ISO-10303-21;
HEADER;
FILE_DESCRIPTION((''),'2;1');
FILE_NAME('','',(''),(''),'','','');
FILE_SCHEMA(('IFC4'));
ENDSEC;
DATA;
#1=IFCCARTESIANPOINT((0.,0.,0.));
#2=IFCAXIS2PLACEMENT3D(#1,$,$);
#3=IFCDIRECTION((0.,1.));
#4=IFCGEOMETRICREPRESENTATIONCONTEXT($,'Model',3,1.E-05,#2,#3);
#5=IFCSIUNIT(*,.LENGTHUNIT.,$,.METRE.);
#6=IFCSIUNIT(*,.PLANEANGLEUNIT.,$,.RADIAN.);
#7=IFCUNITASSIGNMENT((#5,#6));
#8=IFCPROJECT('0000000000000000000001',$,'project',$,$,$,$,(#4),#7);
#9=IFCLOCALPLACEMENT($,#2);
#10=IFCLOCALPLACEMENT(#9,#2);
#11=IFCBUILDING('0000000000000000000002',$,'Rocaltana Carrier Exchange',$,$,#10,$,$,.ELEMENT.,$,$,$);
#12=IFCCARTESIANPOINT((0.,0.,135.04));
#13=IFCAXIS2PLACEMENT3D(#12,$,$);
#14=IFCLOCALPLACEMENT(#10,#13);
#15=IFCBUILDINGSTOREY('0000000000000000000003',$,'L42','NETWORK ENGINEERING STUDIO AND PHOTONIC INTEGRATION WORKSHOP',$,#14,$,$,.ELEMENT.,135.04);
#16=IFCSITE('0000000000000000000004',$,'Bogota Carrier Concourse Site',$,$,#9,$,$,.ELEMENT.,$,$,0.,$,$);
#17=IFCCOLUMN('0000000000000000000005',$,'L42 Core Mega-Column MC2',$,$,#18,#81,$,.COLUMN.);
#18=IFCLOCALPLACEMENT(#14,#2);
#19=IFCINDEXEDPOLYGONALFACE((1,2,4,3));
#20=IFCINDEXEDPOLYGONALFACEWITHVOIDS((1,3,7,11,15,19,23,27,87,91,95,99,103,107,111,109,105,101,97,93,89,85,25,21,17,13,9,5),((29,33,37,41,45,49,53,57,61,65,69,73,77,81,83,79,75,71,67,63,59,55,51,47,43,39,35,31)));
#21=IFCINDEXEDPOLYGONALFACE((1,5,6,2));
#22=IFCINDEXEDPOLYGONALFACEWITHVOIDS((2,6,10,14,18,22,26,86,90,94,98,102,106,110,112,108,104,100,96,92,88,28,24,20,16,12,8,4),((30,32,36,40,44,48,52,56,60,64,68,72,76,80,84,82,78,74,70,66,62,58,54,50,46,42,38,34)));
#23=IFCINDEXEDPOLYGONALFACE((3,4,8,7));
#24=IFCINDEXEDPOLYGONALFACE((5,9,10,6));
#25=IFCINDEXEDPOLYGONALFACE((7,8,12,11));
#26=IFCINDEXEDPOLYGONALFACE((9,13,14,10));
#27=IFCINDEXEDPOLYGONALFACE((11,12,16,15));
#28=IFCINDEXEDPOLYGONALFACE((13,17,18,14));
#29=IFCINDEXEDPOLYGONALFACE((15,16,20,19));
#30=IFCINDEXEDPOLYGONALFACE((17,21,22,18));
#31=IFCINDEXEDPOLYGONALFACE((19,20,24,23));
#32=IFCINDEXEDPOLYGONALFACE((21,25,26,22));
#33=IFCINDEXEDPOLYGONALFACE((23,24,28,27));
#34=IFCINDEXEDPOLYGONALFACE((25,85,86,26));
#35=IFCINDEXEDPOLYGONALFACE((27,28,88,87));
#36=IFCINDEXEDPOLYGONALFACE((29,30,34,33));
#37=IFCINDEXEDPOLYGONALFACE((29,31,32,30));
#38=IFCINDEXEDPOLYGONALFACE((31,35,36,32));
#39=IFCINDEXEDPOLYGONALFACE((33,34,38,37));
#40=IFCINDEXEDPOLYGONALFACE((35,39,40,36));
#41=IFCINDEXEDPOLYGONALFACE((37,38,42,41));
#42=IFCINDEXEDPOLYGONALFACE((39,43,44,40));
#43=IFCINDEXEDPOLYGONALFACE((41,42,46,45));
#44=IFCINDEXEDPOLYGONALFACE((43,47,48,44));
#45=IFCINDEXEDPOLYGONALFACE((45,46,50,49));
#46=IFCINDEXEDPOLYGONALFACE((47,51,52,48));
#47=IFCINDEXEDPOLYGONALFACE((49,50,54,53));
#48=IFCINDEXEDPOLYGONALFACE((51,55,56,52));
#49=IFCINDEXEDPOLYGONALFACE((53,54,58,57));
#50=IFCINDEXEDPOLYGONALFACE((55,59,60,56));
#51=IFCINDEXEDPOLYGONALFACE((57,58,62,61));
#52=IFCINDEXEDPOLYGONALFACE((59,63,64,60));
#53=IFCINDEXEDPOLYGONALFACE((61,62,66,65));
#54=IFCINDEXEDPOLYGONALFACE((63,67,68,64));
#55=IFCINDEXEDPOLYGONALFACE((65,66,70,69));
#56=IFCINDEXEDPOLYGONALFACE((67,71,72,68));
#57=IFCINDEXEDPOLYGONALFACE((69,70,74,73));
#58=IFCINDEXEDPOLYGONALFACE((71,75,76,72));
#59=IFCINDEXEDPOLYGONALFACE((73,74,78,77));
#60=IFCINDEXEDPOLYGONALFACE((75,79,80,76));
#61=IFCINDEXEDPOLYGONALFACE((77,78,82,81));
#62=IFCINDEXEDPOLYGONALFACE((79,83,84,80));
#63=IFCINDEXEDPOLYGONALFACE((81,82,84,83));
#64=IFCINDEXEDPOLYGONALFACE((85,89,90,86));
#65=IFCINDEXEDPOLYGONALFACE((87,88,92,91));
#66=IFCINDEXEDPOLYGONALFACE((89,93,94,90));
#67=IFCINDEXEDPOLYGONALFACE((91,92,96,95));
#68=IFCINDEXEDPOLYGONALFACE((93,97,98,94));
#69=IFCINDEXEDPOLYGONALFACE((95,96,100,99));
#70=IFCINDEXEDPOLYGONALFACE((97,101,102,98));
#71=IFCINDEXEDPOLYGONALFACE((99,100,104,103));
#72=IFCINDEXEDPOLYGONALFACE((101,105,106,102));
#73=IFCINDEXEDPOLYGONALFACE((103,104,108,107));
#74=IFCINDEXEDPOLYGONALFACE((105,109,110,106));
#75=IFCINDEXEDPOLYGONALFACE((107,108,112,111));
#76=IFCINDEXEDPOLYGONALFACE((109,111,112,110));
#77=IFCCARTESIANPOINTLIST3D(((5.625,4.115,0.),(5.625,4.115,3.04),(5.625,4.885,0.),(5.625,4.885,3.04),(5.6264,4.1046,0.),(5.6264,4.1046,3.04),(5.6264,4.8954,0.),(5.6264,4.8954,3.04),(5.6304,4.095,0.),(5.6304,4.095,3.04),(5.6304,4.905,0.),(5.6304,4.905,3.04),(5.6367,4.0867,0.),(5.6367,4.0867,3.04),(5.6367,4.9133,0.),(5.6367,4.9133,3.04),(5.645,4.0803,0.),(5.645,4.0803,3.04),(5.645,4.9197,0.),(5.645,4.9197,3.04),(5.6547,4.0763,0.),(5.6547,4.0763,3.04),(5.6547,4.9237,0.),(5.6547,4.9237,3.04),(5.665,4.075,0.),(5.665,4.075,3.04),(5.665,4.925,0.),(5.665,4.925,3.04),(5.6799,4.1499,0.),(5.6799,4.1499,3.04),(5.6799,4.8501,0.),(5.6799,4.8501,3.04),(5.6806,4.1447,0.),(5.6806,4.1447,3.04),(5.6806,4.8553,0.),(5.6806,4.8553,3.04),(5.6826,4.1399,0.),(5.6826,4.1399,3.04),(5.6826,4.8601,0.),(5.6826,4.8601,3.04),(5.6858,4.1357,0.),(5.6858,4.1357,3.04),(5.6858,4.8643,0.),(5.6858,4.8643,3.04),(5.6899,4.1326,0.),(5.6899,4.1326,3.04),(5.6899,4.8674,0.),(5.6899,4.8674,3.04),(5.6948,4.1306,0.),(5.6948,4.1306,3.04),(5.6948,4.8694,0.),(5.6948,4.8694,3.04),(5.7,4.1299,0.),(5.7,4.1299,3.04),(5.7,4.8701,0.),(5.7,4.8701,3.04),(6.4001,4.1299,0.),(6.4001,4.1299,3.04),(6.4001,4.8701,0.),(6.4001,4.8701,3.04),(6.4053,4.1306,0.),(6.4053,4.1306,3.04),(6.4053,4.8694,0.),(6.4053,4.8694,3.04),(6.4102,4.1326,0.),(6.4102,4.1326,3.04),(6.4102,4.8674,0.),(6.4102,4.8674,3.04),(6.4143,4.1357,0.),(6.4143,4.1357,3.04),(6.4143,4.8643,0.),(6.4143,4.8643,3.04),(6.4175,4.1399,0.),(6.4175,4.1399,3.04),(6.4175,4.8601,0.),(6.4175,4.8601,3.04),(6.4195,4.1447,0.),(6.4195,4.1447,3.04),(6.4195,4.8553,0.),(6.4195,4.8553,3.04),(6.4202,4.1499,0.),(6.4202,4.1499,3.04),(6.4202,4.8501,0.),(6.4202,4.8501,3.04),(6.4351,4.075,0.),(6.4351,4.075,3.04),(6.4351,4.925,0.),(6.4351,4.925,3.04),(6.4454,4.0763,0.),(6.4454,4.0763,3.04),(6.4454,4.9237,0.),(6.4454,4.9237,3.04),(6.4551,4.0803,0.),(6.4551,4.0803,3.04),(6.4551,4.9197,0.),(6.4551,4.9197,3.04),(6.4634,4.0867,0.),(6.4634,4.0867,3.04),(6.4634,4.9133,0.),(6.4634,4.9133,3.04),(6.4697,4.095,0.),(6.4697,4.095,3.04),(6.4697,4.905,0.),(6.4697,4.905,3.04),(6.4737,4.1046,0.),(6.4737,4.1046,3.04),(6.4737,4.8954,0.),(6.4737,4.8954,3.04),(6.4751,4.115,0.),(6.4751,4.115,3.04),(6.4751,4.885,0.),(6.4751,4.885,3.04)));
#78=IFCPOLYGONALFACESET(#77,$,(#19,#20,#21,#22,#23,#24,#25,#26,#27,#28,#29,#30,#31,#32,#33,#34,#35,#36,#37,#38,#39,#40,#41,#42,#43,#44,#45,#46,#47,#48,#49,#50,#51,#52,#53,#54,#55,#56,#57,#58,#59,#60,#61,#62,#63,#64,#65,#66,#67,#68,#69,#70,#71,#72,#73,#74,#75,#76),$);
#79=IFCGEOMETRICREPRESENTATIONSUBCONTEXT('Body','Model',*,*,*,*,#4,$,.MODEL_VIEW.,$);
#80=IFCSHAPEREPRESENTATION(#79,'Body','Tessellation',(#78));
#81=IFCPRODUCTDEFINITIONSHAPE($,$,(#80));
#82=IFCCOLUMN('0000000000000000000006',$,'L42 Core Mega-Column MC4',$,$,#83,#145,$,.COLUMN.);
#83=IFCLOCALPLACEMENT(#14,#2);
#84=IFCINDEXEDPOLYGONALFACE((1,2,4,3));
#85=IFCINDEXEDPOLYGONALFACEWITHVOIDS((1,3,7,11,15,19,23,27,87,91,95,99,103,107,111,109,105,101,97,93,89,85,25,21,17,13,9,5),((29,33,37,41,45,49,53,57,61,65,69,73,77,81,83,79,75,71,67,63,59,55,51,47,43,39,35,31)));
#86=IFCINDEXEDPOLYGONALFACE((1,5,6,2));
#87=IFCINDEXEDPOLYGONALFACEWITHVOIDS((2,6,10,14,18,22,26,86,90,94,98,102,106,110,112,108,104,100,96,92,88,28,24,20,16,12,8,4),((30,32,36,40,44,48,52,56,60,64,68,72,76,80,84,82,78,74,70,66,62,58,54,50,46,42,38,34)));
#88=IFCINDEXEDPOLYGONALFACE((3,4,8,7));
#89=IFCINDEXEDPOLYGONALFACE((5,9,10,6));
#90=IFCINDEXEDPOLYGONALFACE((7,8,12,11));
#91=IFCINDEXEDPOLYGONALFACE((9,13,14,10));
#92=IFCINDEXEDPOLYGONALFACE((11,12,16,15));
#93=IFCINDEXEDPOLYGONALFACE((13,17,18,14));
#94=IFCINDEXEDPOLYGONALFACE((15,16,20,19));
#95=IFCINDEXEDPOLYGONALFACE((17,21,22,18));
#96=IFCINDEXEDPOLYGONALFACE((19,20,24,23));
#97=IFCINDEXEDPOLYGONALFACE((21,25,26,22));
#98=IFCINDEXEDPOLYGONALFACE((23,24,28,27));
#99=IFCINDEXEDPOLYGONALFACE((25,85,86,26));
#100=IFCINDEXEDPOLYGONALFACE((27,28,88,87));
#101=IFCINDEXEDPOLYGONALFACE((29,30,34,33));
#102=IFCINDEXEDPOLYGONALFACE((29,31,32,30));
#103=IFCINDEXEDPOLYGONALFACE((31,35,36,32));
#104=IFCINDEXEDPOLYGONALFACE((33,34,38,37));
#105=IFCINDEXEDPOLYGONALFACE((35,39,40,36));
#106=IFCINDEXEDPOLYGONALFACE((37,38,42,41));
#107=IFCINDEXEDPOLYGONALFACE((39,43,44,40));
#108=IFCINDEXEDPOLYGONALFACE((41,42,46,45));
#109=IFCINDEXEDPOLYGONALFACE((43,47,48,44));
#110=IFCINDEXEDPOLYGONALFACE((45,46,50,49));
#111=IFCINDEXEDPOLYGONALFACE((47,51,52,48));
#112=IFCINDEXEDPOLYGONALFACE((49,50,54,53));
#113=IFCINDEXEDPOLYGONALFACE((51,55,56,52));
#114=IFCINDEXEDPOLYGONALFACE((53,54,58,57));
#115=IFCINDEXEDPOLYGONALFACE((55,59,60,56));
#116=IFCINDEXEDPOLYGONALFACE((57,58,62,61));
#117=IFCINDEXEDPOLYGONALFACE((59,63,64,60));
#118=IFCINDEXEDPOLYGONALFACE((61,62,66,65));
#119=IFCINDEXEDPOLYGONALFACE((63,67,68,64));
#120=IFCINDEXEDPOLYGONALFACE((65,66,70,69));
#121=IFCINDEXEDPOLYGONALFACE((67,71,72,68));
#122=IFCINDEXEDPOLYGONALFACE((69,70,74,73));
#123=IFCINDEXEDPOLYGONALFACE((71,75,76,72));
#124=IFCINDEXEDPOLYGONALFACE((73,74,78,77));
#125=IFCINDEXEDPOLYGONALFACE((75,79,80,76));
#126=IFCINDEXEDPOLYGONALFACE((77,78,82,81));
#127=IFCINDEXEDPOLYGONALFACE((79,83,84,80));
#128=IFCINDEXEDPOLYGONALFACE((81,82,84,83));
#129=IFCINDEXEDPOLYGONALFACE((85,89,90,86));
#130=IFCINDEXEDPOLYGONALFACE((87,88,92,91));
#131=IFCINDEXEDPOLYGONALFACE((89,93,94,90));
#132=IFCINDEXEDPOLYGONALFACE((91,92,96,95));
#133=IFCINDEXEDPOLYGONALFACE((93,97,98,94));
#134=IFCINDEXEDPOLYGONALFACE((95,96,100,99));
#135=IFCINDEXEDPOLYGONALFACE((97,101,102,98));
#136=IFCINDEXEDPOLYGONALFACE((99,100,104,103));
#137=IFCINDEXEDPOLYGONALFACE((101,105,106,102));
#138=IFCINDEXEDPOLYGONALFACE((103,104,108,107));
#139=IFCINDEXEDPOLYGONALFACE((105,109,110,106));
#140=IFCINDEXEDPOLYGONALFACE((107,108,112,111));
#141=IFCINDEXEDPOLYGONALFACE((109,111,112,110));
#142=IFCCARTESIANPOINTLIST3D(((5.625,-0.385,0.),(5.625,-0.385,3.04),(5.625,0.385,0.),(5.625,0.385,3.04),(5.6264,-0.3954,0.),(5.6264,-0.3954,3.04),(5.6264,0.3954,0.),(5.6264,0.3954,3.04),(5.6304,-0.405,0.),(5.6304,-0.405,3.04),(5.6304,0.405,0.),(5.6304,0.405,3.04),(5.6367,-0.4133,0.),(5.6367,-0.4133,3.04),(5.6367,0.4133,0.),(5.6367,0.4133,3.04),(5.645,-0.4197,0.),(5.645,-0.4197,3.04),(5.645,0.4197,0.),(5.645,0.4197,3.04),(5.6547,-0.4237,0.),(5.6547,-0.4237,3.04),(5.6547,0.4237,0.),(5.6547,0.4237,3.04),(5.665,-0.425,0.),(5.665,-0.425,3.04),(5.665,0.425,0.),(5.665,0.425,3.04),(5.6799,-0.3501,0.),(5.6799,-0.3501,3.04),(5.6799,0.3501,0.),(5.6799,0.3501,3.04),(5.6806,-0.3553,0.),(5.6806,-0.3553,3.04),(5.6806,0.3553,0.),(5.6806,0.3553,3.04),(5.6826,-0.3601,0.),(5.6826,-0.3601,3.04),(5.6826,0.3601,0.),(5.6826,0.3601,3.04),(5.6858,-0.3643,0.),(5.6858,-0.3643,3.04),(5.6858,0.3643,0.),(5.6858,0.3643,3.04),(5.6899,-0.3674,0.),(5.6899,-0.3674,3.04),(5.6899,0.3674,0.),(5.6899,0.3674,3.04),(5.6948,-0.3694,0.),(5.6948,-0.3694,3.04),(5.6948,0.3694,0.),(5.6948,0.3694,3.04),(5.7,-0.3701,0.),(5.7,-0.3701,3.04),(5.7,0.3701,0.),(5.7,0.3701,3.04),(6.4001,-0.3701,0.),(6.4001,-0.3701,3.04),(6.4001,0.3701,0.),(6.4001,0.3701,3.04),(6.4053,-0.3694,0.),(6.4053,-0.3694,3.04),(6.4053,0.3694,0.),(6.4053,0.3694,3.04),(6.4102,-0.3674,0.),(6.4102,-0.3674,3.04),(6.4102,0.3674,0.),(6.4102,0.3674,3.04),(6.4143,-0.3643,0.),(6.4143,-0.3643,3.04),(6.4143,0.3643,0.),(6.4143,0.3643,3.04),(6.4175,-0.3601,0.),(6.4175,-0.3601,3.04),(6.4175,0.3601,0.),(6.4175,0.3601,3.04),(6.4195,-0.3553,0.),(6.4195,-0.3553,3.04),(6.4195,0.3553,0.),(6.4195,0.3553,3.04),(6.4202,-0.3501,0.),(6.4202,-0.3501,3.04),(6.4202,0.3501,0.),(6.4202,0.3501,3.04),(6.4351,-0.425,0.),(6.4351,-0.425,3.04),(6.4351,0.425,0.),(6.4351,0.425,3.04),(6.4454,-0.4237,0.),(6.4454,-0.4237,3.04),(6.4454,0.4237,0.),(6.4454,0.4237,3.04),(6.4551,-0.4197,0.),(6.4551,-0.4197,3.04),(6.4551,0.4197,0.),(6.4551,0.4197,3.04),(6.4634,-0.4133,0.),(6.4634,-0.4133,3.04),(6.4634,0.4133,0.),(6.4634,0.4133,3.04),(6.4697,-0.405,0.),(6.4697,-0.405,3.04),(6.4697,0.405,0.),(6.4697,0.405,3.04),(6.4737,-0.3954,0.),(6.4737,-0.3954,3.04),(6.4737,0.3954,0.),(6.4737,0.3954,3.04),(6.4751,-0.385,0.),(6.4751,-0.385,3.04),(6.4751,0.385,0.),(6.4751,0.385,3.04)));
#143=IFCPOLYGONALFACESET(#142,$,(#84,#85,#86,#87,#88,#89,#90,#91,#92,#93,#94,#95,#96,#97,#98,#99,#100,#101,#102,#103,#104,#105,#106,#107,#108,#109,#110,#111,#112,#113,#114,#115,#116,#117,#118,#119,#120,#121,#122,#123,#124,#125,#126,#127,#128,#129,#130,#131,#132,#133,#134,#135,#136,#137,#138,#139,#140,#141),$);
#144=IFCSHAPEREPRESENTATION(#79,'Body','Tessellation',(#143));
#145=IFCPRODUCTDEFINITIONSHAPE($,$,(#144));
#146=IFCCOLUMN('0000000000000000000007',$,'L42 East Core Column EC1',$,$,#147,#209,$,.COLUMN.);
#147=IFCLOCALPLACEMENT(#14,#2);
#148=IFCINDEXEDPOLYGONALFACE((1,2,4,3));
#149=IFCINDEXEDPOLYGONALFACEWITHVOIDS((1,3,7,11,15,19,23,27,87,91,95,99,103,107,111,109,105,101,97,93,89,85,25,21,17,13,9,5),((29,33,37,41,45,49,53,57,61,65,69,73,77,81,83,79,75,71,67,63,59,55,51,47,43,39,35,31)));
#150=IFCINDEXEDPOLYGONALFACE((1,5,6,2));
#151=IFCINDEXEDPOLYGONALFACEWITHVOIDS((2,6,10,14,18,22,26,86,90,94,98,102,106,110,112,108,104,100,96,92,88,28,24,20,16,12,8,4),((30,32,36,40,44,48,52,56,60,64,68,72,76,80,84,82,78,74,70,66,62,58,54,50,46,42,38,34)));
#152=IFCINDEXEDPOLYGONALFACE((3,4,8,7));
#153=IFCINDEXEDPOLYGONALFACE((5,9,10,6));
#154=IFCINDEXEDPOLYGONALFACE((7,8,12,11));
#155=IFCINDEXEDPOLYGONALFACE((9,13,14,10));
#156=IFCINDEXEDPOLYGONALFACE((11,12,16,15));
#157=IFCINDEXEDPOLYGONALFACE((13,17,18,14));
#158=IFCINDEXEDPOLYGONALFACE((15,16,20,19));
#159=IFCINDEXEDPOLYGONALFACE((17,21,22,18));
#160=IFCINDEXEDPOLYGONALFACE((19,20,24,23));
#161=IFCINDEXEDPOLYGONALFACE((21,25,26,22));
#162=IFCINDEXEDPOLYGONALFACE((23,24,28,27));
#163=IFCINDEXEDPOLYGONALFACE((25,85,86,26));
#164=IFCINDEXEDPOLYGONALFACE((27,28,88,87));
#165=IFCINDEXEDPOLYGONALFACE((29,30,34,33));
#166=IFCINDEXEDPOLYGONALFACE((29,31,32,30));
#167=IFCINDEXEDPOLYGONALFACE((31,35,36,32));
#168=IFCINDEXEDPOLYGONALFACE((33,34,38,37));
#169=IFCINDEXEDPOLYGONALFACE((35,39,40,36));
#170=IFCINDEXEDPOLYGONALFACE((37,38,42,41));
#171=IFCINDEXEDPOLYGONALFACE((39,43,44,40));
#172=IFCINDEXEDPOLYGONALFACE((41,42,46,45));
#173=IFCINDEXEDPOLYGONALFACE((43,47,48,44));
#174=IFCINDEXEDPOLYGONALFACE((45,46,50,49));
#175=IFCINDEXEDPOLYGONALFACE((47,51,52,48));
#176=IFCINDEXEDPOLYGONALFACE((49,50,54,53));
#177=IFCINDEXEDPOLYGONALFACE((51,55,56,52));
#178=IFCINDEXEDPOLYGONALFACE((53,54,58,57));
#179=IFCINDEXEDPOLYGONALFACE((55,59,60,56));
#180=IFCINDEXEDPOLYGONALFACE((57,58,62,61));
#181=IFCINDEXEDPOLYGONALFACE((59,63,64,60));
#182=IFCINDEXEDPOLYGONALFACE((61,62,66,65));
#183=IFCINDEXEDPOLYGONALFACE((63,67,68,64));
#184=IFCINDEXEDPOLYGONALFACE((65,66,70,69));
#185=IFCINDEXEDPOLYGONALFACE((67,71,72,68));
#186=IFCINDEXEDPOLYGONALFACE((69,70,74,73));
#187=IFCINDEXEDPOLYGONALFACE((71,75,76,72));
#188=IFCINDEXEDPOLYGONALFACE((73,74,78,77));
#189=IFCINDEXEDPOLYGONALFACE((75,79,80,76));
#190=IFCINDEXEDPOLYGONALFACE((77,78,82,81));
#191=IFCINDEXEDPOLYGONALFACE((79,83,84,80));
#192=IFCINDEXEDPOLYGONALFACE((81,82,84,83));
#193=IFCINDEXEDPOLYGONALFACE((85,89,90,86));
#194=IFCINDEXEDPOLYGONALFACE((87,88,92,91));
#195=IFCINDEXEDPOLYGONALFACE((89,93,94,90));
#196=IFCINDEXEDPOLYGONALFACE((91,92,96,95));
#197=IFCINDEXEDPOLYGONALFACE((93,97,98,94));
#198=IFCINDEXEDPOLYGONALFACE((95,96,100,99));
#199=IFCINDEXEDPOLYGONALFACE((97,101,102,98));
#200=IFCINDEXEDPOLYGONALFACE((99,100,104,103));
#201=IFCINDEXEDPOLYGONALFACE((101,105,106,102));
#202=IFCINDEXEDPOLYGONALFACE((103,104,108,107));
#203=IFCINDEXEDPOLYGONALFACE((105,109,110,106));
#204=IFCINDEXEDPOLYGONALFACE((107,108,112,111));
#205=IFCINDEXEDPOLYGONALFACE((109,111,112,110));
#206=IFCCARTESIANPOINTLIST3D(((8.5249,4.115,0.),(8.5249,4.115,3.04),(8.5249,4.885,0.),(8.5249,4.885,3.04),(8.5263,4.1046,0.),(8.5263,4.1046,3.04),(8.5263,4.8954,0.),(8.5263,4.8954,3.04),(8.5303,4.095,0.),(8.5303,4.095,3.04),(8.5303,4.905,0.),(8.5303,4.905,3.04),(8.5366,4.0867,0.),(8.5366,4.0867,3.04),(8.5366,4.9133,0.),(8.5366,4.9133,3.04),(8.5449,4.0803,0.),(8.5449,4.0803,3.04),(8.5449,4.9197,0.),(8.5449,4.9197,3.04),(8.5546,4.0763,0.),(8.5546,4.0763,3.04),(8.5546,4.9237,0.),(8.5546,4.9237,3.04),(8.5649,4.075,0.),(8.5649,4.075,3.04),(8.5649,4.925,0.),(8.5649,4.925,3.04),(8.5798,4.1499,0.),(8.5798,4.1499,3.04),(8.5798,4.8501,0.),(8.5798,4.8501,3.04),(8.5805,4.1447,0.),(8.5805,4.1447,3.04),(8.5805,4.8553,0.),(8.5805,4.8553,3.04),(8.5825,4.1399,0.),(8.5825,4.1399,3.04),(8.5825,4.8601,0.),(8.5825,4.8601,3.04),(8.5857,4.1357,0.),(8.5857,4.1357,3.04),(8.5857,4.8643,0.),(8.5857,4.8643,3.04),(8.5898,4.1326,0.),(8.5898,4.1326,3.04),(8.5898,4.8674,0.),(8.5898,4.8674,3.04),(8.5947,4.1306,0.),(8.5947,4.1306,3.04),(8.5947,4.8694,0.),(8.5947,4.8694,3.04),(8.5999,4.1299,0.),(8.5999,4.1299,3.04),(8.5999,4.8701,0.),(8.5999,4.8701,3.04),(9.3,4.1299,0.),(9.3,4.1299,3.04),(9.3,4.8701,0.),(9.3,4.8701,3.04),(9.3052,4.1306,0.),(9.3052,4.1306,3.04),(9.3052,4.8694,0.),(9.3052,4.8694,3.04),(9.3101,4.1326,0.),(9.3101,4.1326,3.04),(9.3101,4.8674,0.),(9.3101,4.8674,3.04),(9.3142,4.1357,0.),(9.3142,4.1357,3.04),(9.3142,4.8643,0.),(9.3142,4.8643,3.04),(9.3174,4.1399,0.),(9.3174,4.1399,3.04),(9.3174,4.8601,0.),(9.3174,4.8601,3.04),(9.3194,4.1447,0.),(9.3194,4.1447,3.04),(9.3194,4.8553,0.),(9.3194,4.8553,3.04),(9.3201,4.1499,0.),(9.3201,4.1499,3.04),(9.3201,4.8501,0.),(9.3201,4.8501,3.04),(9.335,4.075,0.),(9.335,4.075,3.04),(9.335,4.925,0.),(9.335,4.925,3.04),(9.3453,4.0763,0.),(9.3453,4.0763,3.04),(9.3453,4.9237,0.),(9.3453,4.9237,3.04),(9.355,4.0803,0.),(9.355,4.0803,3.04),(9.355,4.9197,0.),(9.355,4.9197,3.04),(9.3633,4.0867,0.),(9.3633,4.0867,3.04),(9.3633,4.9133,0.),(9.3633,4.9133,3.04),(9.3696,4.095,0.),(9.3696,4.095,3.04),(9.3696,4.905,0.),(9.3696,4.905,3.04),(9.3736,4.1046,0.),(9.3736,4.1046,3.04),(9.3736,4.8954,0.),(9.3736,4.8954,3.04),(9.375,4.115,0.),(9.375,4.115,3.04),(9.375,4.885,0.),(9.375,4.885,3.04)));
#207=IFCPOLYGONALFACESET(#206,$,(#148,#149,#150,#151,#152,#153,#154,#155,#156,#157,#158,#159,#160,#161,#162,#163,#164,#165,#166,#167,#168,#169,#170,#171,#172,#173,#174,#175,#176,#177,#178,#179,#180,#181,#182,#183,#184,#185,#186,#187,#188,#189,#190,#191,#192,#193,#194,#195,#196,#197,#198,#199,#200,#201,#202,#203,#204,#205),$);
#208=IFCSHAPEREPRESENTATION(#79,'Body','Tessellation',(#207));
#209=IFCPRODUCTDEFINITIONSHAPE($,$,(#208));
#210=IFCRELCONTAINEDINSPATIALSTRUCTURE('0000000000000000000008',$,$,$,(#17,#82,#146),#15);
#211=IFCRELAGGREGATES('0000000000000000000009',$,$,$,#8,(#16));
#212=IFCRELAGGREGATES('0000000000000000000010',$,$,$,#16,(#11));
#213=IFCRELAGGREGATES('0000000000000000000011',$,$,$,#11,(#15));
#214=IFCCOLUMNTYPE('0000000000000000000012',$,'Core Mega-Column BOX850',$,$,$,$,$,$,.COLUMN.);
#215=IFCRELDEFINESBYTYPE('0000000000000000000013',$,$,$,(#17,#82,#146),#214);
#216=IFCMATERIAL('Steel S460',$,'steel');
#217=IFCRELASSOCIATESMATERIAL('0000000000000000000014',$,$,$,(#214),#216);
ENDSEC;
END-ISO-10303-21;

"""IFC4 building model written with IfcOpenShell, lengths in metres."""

from ifc_helpers import new_model, si_unit, direction, frame, origin, origin_2d, place, context, subcontext, project, spatial, hollow_rectangle, extrude, material, material_profile, profile_set, type_object, element, save


model = new_model("IFC4")

# Units and contexts
model_context = context("Model", 3, precision=1e-05, world=origin(), true_north=direction((0.0, 1.0)))
body_context = subcontext(model_context, "Body", "Model", "MODEL_VIEW")
ifc_project = project(units=[si_unit("LENGTHUNIT", "METRE"), si_unit("PLANEANGLEUNIT", "RADIAN")], contexts=[model_context])

# Site, building, storey
site_placement = place(None, origin())
site = spatial("IfcSite", under=ifc_project, at=site_placement, Name="Bogota Carrier Concourse Site", CompositionType="ELEMENT", RefElevation=0.0)
building_placement = place(site_placement, origin())
building = spatial("IfcBuilding", under=site, at=building_placement, Name="Rocaltana Carrier Exchange", CompositionType="ELEMENT")
storey_placement = place(building_placement, frame((0.0, 0.0, 135.04)))
storey = spatial("IfcBuildingStorey", under=building, at=storey_placement, Name="L42", Description="NETWORK ENGINEERING STUDIO AND PHOTONIC INTEGRATION WORKSHOP", CompositionType="ELEMENT", Elevation=135.04)

# Columns
ifc_material_1 = material(Name="Steel S460", Category="steel")
ifc_material_profile_1 = material_profile(ifc_material_1, hollow_rectangle(XDim=0.8501, YDim=0.8501, WallThickness=0.0549, InnerFilletRadius=0.02, OuterFilletRadius=0.04, at=origin_2d()), Name="BOX850X850X55")
ifc_profile_set_1 = profile_set([ifc_material_profile_1], Name="Steel S460")
column_type = type_object("IfcColumnType", Name="Core Mega-Column BOX850", PredefinedType="COLUMN", material=ifc_profile_set_1)
for number, where, z_axis, x_axis, name in (
    (1, (6.05, 4.5, 0.0), (0.0, 0.0, 1.0), (1.0, 0.0, 0.0), "L42 Core Mega-Column MC2"),
    (2, (6.05, 0.0, 0.0), (0.0, 0.0, 1.0), (1.0, 0.0, 0.0), "L42 Core Mega-Column MC4"),
    (3, (8.95, 4.5, 0.0), (0.0, 0.0, 1.0), (1.0, 0.0, 0.0), "L42 East Core Column EC1"),
):
    element("IfcColumn", number, at=place(storey_placement, frame(where, z_axis=z_axis, x_axis=x_axis)), inside=storey, type_object=column_type, Name=name, PredefinedType="COLUMN", context=body_context, shape_type="SweptSolid", body=[
        extrude(hollow_rectangle(XDim=0.8501, YDim=0.8501, WallThickness=0.0549, InnerFilletRadius=0.02, OuterFilletRadius=0.04, at=origin_2d()), origin(), (0.0, 0.0, 1.0), 3.04),
    ])

save(model, "model.ifc")
